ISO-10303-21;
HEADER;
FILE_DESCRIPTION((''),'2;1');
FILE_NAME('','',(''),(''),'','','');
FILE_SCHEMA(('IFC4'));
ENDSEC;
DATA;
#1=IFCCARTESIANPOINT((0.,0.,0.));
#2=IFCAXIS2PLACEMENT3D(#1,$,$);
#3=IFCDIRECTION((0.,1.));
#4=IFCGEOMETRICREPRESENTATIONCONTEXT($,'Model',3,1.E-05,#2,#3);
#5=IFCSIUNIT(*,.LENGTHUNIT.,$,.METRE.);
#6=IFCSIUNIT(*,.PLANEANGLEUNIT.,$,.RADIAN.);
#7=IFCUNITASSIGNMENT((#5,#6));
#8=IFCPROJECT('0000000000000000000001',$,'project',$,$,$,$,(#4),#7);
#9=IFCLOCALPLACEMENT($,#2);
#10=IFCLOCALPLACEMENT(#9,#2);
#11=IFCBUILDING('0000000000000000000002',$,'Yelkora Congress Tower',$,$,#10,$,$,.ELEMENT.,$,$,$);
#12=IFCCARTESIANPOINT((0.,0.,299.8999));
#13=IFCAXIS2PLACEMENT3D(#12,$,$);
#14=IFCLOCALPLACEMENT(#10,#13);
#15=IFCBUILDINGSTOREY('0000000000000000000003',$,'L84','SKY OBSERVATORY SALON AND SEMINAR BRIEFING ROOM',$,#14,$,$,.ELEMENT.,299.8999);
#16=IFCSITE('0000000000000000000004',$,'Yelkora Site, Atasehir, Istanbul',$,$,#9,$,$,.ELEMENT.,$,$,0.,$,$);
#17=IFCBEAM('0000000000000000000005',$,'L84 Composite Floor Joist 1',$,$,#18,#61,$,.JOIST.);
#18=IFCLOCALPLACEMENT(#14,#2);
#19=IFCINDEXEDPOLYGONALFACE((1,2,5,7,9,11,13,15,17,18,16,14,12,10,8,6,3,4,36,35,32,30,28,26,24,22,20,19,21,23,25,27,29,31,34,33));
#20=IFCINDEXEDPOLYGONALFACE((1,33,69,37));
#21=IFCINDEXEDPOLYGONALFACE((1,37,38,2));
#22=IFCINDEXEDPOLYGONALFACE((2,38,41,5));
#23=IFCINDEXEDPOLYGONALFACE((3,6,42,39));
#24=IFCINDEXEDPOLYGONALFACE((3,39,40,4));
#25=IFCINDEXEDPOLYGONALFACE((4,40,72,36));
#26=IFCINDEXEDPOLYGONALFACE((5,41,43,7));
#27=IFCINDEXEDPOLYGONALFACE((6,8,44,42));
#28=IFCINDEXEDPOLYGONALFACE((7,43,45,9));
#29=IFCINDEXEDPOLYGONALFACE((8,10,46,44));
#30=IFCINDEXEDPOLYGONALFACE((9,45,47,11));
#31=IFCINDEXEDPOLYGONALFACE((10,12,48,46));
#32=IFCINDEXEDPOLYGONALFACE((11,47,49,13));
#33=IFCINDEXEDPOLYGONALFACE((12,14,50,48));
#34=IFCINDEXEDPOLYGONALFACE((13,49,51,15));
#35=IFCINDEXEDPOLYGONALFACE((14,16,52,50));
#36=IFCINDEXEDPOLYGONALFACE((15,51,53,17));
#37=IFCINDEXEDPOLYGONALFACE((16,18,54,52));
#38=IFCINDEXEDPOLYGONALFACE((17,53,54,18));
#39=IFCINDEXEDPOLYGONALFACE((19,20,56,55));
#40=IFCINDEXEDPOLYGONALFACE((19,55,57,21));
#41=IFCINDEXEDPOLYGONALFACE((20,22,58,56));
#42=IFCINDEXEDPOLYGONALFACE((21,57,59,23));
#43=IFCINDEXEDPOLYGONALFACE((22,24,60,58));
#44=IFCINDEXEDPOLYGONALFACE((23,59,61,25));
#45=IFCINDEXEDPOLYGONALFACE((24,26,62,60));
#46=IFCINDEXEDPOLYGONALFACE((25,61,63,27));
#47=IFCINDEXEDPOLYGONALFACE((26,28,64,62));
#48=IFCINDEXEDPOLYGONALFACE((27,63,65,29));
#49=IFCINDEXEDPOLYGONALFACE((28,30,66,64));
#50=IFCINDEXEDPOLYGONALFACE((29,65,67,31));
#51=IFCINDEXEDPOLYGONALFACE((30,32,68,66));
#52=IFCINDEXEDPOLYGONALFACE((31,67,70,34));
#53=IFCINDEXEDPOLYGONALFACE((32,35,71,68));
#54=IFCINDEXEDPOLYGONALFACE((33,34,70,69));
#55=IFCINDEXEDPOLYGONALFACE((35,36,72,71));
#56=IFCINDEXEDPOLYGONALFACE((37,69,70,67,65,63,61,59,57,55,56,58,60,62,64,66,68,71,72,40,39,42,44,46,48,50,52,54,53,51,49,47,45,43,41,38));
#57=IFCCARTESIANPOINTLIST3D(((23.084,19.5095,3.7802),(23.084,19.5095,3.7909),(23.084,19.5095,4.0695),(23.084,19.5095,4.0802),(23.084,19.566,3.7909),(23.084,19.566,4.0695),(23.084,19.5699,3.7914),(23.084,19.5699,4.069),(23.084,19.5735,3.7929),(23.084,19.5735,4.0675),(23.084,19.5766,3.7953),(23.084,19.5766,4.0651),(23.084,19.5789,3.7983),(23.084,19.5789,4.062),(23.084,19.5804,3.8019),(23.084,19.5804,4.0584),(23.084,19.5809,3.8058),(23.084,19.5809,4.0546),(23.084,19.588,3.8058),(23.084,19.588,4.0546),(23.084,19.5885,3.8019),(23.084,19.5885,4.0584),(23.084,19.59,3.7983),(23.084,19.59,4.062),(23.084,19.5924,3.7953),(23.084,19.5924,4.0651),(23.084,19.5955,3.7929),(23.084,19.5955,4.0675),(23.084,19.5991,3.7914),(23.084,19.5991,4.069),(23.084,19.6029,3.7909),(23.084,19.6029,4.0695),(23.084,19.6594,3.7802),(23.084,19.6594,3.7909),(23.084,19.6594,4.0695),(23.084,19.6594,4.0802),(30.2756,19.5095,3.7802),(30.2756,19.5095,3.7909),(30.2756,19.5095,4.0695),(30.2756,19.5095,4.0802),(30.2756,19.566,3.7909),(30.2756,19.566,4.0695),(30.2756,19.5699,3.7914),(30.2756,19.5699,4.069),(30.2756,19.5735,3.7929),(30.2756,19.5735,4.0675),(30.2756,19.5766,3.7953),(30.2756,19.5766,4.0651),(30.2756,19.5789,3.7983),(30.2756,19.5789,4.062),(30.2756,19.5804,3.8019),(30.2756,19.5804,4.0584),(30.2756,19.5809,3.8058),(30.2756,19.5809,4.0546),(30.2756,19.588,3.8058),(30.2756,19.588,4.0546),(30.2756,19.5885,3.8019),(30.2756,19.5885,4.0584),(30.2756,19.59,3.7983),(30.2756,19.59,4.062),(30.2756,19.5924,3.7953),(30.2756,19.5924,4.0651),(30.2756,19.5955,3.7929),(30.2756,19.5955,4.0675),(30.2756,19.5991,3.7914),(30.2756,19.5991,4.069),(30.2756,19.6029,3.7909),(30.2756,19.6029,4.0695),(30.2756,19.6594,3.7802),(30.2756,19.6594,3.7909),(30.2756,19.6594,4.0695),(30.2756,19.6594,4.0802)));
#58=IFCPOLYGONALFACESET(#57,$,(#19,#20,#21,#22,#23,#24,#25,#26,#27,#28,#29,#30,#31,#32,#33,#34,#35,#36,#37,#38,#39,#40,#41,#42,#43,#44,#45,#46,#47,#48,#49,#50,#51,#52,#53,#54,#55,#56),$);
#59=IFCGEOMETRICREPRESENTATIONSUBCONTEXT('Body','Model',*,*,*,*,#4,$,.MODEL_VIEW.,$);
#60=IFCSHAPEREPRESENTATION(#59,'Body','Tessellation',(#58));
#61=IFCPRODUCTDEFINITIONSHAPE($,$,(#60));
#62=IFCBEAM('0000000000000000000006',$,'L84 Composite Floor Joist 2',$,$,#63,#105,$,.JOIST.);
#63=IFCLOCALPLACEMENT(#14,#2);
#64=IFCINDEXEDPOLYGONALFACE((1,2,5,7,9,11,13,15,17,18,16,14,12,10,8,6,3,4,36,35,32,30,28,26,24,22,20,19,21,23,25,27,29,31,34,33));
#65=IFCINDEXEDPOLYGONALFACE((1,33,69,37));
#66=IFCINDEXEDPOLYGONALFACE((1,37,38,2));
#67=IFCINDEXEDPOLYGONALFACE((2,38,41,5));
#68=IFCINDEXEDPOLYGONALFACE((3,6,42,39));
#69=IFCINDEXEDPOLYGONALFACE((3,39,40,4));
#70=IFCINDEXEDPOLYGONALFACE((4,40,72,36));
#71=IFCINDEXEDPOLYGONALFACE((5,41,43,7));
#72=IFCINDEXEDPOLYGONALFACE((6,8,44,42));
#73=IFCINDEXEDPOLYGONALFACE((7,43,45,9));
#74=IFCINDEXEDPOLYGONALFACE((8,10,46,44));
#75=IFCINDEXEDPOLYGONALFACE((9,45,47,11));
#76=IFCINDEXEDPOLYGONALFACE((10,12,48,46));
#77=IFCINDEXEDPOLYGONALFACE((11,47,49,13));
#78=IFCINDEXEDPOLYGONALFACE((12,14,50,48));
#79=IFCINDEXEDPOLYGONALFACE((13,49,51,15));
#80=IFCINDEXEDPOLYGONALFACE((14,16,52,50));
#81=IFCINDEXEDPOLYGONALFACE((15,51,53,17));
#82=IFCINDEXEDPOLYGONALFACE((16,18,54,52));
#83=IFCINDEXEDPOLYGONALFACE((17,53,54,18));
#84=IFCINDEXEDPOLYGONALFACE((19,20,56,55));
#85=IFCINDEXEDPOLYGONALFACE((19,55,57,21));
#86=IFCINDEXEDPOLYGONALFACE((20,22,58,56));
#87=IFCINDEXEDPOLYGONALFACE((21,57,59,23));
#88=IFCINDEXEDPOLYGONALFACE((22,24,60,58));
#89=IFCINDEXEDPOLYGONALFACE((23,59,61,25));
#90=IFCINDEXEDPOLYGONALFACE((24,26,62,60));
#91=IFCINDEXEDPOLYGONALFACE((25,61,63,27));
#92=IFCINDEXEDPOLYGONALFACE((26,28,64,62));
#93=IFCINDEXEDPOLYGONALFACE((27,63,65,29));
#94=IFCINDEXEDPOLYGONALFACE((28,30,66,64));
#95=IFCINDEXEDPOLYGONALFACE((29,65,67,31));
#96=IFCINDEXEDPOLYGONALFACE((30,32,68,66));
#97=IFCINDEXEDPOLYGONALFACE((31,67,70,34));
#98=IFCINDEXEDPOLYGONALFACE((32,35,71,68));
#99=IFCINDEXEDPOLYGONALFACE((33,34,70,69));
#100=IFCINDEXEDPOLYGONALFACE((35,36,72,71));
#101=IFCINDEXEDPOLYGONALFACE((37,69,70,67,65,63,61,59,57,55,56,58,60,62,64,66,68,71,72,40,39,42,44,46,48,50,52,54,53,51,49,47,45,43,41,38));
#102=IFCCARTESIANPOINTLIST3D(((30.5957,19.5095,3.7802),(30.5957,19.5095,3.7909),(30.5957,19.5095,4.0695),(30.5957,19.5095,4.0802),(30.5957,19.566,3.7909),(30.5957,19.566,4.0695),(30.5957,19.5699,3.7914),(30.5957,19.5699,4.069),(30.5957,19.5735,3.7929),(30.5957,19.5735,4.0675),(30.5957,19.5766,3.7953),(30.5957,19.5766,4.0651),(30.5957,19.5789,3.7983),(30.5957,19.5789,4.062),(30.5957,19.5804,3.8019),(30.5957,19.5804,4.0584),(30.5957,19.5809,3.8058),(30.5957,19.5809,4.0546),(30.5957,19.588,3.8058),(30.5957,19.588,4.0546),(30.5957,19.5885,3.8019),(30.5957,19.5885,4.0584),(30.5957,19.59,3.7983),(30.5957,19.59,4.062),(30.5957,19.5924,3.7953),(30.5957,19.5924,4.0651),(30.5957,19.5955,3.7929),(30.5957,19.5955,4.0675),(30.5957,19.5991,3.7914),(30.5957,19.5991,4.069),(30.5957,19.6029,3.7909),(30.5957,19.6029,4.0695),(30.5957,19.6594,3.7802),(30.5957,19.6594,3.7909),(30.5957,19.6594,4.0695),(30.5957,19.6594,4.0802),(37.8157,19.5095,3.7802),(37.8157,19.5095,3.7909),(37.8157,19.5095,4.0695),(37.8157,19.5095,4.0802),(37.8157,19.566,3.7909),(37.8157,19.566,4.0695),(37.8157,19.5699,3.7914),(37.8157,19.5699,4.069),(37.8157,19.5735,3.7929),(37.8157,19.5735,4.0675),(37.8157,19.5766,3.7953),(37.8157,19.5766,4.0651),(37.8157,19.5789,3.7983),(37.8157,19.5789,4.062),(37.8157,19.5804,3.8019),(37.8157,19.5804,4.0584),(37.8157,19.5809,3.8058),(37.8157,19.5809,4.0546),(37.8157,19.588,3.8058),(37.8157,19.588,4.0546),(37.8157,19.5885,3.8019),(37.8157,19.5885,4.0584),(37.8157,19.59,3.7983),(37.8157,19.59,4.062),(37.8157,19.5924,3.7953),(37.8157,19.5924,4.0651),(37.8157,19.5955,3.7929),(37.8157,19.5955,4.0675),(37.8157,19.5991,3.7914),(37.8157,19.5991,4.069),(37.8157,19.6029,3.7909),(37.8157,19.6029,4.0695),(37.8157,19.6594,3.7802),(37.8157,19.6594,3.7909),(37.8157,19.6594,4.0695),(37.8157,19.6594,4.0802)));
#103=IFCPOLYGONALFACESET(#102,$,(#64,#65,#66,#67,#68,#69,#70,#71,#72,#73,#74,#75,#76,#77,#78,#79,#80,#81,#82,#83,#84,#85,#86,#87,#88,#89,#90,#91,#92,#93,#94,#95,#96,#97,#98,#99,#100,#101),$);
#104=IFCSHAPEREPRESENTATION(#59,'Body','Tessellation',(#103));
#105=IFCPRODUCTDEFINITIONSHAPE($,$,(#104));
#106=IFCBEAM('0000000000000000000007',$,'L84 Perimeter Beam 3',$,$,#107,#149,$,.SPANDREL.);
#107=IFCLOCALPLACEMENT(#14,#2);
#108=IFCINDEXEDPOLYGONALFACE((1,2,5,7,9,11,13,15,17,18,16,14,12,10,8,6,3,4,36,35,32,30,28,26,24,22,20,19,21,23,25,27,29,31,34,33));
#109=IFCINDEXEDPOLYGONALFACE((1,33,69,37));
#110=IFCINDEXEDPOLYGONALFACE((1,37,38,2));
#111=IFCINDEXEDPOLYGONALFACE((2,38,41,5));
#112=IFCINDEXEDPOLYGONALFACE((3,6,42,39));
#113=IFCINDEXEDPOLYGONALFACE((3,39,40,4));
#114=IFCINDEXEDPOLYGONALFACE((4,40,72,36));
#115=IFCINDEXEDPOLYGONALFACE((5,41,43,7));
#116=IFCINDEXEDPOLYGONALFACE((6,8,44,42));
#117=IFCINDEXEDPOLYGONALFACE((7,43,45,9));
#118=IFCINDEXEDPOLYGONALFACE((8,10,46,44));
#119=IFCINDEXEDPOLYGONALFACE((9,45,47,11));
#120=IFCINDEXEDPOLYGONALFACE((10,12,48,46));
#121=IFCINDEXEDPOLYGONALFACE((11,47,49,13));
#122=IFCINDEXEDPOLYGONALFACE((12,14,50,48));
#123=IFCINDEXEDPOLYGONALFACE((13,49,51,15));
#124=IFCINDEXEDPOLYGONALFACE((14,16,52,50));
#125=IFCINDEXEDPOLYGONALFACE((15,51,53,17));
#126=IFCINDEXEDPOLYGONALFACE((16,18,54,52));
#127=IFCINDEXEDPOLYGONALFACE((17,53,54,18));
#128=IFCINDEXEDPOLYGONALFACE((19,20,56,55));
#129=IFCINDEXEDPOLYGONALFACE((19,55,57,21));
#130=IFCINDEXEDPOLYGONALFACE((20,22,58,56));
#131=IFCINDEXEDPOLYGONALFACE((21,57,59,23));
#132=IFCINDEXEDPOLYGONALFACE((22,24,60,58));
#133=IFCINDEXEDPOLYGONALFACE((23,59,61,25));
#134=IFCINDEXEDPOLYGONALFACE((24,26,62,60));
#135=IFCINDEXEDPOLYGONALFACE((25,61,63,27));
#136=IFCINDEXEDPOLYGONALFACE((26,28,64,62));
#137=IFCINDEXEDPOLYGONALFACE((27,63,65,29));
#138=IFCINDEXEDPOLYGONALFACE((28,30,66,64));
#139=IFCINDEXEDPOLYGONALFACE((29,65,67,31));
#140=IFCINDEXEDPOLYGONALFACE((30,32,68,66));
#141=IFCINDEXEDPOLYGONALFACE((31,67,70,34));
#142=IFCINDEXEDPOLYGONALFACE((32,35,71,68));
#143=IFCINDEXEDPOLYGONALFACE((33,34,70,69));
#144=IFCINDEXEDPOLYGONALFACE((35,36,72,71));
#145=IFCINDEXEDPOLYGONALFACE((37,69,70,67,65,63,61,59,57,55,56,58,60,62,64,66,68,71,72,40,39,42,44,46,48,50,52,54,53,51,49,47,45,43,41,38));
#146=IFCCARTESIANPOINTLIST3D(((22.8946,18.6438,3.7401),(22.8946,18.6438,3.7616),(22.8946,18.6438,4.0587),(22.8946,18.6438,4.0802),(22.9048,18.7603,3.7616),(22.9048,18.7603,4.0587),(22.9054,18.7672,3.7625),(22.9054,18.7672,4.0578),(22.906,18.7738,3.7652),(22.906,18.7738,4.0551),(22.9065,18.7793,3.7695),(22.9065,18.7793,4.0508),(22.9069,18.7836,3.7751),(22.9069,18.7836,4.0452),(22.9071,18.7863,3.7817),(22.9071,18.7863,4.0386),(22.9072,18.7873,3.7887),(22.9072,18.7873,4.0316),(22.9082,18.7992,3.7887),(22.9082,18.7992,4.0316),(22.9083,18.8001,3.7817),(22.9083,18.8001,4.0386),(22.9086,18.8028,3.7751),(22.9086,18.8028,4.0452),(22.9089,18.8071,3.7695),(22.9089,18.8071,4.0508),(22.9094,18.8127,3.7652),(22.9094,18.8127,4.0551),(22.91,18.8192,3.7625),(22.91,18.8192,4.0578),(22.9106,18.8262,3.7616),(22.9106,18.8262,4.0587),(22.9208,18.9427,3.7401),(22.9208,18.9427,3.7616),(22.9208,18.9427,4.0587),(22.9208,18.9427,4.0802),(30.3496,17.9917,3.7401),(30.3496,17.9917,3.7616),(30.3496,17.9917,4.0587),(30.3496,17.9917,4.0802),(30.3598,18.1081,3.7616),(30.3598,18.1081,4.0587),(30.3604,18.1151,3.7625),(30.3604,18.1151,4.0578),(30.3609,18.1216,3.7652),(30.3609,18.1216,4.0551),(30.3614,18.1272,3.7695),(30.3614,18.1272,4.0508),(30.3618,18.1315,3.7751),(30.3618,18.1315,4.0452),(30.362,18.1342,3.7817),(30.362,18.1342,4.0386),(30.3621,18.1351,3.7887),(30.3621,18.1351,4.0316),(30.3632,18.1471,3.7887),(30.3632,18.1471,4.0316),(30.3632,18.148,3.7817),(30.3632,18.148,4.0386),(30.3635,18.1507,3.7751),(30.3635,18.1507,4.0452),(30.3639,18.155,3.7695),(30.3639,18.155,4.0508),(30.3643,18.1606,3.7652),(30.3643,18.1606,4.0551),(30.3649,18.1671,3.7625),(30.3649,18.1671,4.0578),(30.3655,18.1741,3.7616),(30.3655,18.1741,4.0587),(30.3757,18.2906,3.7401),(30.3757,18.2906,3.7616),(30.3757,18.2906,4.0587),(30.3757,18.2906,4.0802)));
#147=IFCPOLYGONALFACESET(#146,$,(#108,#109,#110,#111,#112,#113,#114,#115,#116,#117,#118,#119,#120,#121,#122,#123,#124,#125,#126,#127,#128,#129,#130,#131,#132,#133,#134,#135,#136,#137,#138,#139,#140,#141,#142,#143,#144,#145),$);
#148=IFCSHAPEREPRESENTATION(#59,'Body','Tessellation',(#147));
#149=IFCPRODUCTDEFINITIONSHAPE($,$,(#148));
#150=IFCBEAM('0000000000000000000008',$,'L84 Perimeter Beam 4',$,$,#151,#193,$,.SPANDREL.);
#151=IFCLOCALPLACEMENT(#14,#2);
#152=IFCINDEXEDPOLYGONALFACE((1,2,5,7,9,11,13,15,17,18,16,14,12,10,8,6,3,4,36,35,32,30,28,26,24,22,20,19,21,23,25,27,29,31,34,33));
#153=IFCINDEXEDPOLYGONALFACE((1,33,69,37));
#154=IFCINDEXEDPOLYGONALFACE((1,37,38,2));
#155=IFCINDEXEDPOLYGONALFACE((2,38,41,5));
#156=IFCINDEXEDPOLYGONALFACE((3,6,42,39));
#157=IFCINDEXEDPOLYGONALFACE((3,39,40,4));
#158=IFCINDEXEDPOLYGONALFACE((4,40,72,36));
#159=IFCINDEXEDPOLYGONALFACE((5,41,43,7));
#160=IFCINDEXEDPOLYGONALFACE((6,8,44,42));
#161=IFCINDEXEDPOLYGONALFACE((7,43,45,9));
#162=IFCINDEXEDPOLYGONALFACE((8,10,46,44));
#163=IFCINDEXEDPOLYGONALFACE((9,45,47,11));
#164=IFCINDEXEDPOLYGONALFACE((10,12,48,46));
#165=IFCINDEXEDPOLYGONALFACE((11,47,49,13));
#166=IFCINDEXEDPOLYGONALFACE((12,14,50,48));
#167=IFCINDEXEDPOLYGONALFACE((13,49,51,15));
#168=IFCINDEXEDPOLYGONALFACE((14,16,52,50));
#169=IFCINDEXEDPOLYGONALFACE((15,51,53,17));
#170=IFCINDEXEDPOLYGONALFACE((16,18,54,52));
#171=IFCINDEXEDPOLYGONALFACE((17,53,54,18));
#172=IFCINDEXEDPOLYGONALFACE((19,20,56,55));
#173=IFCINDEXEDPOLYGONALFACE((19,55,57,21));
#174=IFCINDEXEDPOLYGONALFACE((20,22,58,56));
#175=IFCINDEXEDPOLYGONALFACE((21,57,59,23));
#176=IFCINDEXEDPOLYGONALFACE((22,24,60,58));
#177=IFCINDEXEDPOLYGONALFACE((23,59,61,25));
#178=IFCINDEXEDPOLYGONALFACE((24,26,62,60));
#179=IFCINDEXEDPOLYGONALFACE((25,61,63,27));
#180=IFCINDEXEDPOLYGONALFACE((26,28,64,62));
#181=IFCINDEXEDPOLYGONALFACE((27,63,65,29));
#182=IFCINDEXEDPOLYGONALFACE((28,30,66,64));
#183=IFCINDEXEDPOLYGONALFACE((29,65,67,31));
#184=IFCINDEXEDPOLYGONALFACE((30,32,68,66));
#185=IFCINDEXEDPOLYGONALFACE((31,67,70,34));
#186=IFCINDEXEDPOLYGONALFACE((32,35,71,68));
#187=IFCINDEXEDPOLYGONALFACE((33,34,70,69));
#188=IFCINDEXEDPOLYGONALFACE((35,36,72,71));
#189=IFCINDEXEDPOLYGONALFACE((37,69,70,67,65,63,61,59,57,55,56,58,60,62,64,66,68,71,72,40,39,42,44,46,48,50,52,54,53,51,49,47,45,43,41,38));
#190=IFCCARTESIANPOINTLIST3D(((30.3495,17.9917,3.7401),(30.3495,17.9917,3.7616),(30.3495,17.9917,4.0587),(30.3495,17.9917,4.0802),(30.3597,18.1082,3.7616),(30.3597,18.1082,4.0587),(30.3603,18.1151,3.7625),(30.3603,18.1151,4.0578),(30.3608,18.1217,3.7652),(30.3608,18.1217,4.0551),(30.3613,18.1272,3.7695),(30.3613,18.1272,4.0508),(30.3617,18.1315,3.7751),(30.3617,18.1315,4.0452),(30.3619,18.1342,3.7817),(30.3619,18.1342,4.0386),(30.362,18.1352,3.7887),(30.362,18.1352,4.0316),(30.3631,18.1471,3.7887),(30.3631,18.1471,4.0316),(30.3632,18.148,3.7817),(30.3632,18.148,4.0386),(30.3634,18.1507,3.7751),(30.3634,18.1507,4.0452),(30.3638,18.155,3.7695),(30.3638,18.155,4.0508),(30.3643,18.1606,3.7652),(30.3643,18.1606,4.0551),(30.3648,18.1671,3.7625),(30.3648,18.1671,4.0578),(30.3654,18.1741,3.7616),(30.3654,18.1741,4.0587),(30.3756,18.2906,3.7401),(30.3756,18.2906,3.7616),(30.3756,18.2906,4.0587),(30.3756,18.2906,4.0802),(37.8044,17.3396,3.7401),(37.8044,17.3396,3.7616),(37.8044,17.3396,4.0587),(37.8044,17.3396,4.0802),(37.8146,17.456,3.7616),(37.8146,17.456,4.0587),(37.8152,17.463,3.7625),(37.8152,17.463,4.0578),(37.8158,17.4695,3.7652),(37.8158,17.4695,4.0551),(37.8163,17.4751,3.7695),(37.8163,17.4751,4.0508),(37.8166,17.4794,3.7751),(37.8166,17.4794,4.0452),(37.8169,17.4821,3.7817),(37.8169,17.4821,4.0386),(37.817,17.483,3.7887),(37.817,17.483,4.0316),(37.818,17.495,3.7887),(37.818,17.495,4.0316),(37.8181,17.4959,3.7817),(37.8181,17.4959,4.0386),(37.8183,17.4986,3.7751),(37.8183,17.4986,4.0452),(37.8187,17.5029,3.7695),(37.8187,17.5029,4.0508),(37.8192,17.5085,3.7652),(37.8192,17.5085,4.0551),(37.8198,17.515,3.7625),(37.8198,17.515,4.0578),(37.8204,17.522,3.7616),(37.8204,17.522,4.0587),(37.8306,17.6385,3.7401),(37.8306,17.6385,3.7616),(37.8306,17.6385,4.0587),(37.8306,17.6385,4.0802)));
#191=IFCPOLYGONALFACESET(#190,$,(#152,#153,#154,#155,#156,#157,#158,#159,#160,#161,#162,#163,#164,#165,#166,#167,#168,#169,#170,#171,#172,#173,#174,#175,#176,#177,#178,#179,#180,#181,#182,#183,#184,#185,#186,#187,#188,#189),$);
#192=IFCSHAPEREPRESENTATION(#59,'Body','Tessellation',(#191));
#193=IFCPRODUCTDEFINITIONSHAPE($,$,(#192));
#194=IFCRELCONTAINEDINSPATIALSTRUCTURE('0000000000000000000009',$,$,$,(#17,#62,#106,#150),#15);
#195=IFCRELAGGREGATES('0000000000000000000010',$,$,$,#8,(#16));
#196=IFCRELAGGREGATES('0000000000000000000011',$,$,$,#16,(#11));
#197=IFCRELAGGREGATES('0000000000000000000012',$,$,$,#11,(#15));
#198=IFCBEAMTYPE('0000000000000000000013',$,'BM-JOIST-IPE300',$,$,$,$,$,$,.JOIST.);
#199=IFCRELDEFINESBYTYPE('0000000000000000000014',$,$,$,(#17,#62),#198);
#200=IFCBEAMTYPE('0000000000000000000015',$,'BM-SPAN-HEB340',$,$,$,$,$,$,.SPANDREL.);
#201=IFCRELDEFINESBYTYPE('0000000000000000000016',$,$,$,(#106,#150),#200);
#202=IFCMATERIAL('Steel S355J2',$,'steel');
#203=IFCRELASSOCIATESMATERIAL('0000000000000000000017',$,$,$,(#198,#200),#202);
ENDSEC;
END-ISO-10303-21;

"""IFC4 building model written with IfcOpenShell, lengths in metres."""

from ifc_helpers import new_model, si_unit, direction, frame, origin, origin_2d, place, context, subcontext, project, spatial, i_section, extrude, material, material_profile, profile_set, type_object, element, save


model = new_model("IFC4")

# Units and contexts
model_context = context("Model", 3, precision=1e-05, world=origin(), true_north=direction((0.0, 1.0)))
body_context = subcontext(model_context, "Body", "Model", "MODEL_VIEW")
ifc_project = project(units=[si_unit("LENGTHUNIT", "METRE"), si_unit("PLANEANGLEUNIT", "RADIAN")], contexts=[model_context])

# Site, building, storey
site_placement = place(None, origin())
site = spatial("IfcSite", under=ifc_project, at=site_placement, Name="Yelkora Site, Atasehir, Istanbul", CompositionType="ELEMENT", RefElevation=0.0)
building_placement = place(site_placement, origin())
building = spatial("IfcBuilding", under=site, at=building_placement, Name="Yelkora Congress Tower", CompositionType="ELEMENT")
storey_placement = place(building_placement, frame((0.0, 0.0, 299.8999)))
storey = spatial("IfcBuildingStorey", under=building, at=storey_placement, Name="L84", Description="SKY OBSERVATORY SALON AND SEMINAR BRIEFING ROOM", CompositionType="ELEMENT", Elevation=299.8999)

# Shared definitions
ifc_material_1 = material(Name="Steel S355J2", Category="steel")

# Beams
ifc_material_profile_1 = material_profile(ifc_material_1, i_section(OverallWidth=0.1499, OverallDepth=0.3, WebThickness=0.0071, FlangeThickness=0.0107, FilletRadius=0.0149, at=origin_2d()), Name="IPE 300")
ifc_profile_set_1 = profile_set([ifc_material_profile_1], Name="Steel S355J2")
beam_type_1 = type_object("IfcBeamType", Name="BM-JOIST-IPE300", PredefinedType="JOIST", material=ifc_profile_set_1)
beam_1_placement = place(storey_placement, frame((23.084, 19.5845, 3.9302), z_axis=(1.0, 0.0, 0.0), x_axis=(0.0, 1.0, 0.0)))
element("IfcBeam", 1, at=beam_1_placement, inside=storey, type_object=beam_type_1, Name="L84 Composite Floor Joist 1", PredefinedType="JOIST", context=body_context, shape_type="SweptSolid", body=[
    extrude(i_section(OverallWidth=0.1499, OverallDepth=0.3, WebThickness=0.0071, FlangeThickness=0.0107, FilletRadius=0.0149, at=origin_2d()), origin(), (0.0, 0.0, 1.0), 7.1917),
])
beam_2_placement = place(storey_placement, frame((30.5957, 19.5845, 3.9302), z_axis=(1.0, 0.0, 0.0), x_axis=(0.0, 1.0, 0.0)))
element("IfcBeam", 2, at=beam_2_placement, inside=storey, type_object=beam_type_1, Name="L84 Composite Floor Joist 2", PredefinedType="JOIST", context=body_context, shape_type="SweptSolid", body=[
    extrude(i_section(OverallWidth=0.1499, OverallDepth=0.3, WebThickness=0.0071, FlangeThickness=0.0107, FilletRadius=0.0149, at=origin_2d()), origin(), (0.0, 0.0, 1.0), 7.22),
])
ifc_material_profile_2 = material_profile(ifc_material_1, i_section(OverallWidth=0.3, OverallDepth=0.3401, WebThickness=0.012, FlangeThickness=0.0215, FilletRadius=0.0271, at=origin_2d()), Name="HEB 340")
ifc_profile_set_2 = profile_set([ifc_material_profile_2], Name="Steel S355J2")
beam_type_2 = type_object("IfcBeamType", Name="BM-SPAN-HEB340", PredefinedType="SPANDREL", material=ifc_profile_set_2)
for number, where, z_axis, x_axis, name in (
    (3, (22.9077, 18.7932, 3.9102), (0.996196, -0.087141, 0.0), (0.087141, 0.996196, 0.0), "L84 Perimeter Beam 3"),
    (4, (30.3625, 18.1411, 3.9102), (0.996196, -0.087141, 0.0), (0.087141, 0.996196, 0.0), "L84 Perimeter Beam 4"),
):
    element("IfcBeam", number, at=place(storey_placement, frame(where, z_axis=z_axis, x_axis=x_axis)), inside=storey, type_object=beam_type_2, Name=name, PredefinedType="SPANDREL", context=body_context, shape_type="SweptSolid", body=[
        extrude(i_section(OverallWidth=0.3, OverallDepth=0.3401, WebThickness=0.012, FlangeThickness=0.0215, FilletRadius=0.0271, at=origin_2d()), origin(), (0.0, 0.0, 1.0), 7.4834),
    ])

save(model, "model.ifc")
